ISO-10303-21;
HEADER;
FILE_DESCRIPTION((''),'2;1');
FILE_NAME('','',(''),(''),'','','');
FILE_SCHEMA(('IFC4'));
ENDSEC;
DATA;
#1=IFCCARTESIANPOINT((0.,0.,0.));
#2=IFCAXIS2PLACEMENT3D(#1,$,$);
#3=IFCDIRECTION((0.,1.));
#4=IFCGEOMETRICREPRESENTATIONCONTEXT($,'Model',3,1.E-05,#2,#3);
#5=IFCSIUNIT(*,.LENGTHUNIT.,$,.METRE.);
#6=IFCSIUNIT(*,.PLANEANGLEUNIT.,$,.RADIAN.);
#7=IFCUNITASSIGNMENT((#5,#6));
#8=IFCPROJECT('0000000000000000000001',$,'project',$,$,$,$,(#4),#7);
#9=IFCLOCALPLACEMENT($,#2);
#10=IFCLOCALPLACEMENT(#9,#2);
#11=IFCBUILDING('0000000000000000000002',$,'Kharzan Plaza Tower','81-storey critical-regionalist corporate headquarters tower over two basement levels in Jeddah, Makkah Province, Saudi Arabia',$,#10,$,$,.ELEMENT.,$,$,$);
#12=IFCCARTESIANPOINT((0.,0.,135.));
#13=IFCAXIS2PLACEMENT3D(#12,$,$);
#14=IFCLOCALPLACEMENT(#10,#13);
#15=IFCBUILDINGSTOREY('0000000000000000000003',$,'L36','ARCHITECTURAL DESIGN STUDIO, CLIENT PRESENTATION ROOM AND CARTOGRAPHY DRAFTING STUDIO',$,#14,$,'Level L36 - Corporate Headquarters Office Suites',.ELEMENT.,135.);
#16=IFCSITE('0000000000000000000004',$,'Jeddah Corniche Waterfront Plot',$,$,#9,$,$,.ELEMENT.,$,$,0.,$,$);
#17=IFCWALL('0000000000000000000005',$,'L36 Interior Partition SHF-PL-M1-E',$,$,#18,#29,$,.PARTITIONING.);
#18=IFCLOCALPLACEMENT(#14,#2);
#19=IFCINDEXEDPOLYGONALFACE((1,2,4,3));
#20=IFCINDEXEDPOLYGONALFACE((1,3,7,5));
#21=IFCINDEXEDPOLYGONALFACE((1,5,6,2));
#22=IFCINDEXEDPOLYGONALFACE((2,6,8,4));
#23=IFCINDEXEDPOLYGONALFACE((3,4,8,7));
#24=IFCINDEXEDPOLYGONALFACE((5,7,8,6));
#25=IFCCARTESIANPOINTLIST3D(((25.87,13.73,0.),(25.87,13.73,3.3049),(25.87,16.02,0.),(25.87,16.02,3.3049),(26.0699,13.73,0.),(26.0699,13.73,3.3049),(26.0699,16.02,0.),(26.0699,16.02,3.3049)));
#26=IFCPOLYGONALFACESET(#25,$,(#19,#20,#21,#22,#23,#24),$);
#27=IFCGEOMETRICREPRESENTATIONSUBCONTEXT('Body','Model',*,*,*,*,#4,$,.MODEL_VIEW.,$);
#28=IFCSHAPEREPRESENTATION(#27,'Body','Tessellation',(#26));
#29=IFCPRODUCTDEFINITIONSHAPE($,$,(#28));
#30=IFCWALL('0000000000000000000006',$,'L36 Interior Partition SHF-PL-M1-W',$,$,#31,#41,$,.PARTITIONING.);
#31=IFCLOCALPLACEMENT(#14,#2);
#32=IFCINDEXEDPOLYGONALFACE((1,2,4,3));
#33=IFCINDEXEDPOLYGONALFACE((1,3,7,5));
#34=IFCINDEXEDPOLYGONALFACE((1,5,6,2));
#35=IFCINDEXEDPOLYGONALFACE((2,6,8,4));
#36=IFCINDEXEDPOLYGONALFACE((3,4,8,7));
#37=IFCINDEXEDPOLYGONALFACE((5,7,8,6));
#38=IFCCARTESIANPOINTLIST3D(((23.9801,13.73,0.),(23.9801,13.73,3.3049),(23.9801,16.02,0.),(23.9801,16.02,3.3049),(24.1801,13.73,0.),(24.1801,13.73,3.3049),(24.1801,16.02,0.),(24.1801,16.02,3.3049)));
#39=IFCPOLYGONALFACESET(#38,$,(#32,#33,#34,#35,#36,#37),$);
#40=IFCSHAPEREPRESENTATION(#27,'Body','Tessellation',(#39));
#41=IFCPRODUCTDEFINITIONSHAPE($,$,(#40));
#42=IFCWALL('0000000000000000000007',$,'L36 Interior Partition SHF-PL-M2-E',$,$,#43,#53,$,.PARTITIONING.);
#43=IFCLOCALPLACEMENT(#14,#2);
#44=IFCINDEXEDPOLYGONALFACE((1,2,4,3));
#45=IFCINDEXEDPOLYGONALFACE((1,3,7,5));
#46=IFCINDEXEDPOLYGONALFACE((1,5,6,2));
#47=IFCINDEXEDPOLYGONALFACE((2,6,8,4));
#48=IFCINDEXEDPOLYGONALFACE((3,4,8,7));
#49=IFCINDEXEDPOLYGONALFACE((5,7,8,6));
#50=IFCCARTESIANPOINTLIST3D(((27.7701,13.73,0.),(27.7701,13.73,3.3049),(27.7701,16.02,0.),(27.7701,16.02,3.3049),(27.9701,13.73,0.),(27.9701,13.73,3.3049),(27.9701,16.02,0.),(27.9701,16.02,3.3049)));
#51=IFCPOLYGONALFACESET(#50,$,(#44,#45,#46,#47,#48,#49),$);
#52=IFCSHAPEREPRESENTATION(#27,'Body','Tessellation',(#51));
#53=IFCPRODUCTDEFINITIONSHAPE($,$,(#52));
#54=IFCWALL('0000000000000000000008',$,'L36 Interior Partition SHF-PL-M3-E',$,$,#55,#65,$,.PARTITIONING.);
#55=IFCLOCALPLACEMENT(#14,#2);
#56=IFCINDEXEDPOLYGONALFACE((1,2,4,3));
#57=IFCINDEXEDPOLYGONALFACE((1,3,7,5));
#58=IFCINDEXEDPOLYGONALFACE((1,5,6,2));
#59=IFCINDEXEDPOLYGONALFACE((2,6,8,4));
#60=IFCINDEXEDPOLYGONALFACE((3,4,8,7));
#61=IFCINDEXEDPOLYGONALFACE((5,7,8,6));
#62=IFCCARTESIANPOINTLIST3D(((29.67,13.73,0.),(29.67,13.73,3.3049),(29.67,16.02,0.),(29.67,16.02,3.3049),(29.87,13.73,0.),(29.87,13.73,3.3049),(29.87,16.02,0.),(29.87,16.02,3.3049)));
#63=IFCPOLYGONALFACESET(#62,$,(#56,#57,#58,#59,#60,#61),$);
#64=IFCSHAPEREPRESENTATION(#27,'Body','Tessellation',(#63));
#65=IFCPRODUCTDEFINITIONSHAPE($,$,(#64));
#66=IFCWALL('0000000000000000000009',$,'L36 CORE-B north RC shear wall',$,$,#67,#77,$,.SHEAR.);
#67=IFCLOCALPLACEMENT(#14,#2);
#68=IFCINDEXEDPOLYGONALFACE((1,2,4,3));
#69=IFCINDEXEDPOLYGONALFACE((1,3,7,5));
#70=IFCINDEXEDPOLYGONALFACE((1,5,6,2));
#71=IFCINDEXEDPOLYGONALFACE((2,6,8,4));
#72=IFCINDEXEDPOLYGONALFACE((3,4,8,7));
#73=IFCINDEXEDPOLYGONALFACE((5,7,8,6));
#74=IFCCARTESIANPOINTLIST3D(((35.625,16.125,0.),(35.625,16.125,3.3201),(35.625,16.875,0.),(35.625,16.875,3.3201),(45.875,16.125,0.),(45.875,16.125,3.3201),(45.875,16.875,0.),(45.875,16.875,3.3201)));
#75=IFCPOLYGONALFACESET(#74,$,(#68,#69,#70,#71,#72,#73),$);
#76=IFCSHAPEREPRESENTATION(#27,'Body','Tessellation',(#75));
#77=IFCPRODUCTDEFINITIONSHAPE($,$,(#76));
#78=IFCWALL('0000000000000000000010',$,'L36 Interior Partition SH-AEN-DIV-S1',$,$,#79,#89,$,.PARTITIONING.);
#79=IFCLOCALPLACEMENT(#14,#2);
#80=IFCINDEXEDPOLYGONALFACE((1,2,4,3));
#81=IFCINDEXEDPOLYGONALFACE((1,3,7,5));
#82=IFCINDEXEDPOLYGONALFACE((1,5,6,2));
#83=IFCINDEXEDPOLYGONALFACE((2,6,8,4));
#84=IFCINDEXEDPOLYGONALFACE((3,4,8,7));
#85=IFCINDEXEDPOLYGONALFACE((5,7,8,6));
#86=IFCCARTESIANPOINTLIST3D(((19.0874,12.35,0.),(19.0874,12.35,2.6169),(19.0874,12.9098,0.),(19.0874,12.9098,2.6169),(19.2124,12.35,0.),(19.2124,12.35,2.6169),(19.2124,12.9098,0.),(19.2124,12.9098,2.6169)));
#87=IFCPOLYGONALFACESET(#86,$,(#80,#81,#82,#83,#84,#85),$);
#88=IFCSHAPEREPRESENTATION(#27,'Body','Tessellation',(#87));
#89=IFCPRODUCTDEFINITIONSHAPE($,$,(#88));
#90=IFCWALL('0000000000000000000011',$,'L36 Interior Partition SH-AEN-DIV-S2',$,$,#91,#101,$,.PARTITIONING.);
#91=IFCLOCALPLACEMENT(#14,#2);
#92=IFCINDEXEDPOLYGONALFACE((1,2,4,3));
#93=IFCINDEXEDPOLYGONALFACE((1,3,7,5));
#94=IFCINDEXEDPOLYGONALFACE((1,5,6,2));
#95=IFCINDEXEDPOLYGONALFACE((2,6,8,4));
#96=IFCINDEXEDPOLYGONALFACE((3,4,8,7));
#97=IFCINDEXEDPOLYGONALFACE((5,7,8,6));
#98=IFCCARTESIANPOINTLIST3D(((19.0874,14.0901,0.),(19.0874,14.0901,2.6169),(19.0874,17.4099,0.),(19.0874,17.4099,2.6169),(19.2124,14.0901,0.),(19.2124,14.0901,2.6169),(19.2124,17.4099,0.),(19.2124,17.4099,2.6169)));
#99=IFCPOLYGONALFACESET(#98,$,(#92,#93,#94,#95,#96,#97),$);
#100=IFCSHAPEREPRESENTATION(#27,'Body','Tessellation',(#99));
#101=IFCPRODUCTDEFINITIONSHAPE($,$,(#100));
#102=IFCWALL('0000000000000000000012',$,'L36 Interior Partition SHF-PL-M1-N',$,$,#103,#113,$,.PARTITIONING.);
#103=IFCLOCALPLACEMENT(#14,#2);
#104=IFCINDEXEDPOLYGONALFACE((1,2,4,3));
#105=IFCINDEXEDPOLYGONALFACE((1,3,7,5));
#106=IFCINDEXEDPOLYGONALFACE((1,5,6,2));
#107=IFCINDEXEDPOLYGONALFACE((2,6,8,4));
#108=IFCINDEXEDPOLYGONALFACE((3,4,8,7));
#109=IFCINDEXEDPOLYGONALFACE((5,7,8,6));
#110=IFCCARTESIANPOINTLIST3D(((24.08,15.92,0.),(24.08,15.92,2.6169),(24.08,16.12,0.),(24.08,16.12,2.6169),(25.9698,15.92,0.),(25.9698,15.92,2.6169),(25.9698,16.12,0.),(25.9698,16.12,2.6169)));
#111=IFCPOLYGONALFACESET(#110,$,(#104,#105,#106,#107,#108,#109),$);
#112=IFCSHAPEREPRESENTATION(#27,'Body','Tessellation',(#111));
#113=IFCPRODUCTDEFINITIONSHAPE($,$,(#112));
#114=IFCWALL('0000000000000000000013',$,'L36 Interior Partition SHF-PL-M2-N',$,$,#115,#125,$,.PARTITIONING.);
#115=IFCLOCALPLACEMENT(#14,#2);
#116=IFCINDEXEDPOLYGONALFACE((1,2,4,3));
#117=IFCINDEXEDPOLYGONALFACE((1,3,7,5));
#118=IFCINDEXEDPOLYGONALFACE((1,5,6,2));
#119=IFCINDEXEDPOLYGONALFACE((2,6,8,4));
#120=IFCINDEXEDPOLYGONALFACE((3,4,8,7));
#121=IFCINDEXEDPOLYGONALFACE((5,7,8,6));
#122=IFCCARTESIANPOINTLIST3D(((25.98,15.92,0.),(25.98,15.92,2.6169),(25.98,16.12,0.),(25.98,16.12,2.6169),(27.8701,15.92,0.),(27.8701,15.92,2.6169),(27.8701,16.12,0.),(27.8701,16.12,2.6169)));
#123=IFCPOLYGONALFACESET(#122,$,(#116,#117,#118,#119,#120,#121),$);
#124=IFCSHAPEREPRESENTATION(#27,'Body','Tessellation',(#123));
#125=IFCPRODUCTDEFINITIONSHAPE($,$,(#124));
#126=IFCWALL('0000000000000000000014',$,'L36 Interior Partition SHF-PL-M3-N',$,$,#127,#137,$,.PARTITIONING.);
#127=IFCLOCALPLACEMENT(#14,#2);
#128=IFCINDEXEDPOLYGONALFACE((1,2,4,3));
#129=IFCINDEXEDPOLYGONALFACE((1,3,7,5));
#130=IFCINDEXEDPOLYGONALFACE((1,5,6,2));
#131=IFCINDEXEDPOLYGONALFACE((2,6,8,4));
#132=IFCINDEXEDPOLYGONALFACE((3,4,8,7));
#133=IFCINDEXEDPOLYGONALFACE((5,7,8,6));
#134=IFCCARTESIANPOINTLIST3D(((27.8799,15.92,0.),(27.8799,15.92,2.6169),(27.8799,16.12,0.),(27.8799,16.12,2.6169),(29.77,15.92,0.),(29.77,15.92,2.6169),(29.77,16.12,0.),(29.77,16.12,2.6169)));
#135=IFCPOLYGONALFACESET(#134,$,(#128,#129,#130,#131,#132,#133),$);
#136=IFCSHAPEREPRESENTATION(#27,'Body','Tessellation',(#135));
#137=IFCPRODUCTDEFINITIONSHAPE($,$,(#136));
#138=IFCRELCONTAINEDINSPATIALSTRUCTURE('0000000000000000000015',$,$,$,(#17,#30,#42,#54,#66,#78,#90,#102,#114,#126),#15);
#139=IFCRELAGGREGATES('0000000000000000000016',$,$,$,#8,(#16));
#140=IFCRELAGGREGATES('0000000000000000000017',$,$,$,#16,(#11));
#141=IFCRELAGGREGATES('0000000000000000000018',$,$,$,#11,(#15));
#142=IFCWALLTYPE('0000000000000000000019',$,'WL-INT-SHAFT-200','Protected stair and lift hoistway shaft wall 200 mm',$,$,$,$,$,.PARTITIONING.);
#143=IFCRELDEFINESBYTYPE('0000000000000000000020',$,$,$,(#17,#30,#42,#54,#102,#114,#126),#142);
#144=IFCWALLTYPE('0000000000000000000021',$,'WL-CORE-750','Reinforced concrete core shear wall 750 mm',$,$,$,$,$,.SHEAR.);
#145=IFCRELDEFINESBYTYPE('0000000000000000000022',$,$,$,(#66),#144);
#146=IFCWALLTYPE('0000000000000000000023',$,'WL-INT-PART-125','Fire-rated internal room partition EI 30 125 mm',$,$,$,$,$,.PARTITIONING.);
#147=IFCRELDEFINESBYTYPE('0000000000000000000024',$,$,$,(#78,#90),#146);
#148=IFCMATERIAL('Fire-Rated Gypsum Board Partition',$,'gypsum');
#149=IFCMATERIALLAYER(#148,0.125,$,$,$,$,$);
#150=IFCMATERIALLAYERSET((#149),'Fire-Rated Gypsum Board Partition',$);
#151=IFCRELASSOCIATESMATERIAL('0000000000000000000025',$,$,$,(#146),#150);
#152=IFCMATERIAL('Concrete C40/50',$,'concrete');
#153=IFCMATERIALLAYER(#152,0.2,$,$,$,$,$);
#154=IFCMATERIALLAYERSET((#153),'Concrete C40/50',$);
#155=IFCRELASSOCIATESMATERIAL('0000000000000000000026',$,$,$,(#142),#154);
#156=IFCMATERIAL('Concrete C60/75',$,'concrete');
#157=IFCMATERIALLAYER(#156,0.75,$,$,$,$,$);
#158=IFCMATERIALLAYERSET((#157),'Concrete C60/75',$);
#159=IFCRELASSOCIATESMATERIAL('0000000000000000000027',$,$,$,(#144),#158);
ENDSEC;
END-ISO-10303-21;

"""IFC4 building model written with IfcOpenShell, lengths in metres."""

from ifc_helpers import new_model, si_unit, direction, frame, frame_2d, origin, place, context, subcontext, project, spatial, rectangle, extrude, source, transform, mapped, material, layer, layer_set, type_object, element, save


model = new_model("IFC4")

# Units and contexts
model_context = context("Model", 3, precision=1e-05, world=origin(), true_north=direction((0.0, 1.0)))
body_context = subcontext(model_context, "Body", "Model", "MODEL_VIEW")
ifc_project = project(units=[si_unit("LENGTHUNIT", "METRE"), si_unit("PLANEANGLEUNIT", "RADIAN")], contexts=[model_context])

# Site, building, storey
site_placement = place(None, origin())
site = spatial("IfcSite", under=ifc_project, at=site_placement, Name="Jeddah Corniche Waterfront Plot", CompositionType="ELEMENT", RefElevation=0.0)
building_placement = place(site_placement, origin())
building = spatial("IfcBuilding", under=site, at=building_placement, Name="Kharzan Plaza Tower", Description="81-storey critical-regionalist corporate headquarters tower over two basement levels in Jeddah, Makkah Province, Saudi Arabia", CompositionType="ELEMENT")
storey_placement = place(building_placement, frame((0.0, 0.0, 135.0)))
storey = spatial("IfcBuildingStorey", under=building, at=storey_placement, Name="L36", Description="ARCHITECTURAL DESIGN STUDIO, CLIENT PRESENTATION ROOM AND CARTOGRAPHY DRAFTING STUDIO", LongName="Level L36 - Corporate Headquarters Office Suites", CompositionType="ELEMENT", Elevation=135.0)

# Shared definitions
ifc_material_1 = material(Name="Concrete C60/75", Category="concrete")

# Shared definitions
ifc_material_2 = material(Name="Fire-Rated Gypsum Board Partition", Category="gypsum")
ifc_layer_1 = layer(ifc_material_2, 0.125)
ifc_layer_set_1 = layer_set([ifc_layer_1], Name="Fire-Rated Gypsum Board Partition")
wall_type_1 = type_object("IfcWallType", Name="WL-INT-PART-125", Description="Fire-rated internal room partition EI 30 125 mm", PredefinedType="PARTITIONING", material=ifc_layer_set_1)
ifc_material_3 = material(Name="Concrete C40/50", Category="concrete")
ifc_layer_2 = layer(ifc_material_3, 0.2)
ifc_layer_set_2 = layer_set([ifc_layer_2], Name="Concrete C40/50")
wall_type_2 = type_object("IfcWallType", Name="WL-INT-SHAFT-200", Description="Protected stair and lift hoistway shaft wall 200 mm", PredefinedType="PARTITIONING", material=ifc_layer_set_2)

# Walls
shared_shape_1 = source(origin(), body_context, "Body", "SweptSolid", [
    extrude(rectangle(XDim=2.29, YDim=0.2, at=frame_2d((1.145, 0.0))), origin(), (0.0, 0.0, 1.0), 3.3049),
])
for number, where, z_axis, x_axis, name in (
    (1, (25.97, 13.73, 0.0), (0.0, 0.0, 1.0), (0.0, 1.0, 0.0), "L36 Interior Partition SHF-PL-M1-E"),
    (2, (24.0801, 13.73, 0.0), (0.0, 0.0, 1.0), (0.0, 1.0, 0.0), "L36 Interior Partition SHF-PL-M1-W"),
    (3, (27.8701, 13.73, 0.0), (0.0, 0.0, 1.0), (0.0, 1.0, 0.0), "L36 Interior Partition SHF-PL-M2-E"),
    (4, (29.77, 13.73, 0.0), (0.0, 0.0, 1.0), (0.0, 1.0, 0.0), "L36 Interior Partition SHF-PL-M3-E"),
):
    element("IfcWall", number, at=place(storey_placement, frame(where, z_axis=z_axis, x_axis=x_axis)), inside=storey, type_object=wall_type_2, Name=name, PredefinedType="PARTITIONING", context=body_context, shape_type="MappedRepresentation", body=[
        mapped(shared_shape_1, transform((0.0, 0.0, 0.0), x_axis=(1.0, 0.0, 0.0), y_axis=(0.0, 1.0, 0.0), z_axis=(0.0, 0.0, 1.0))),
    ])
ifc_layer_3 = layer(ifc_material_1, 0.75)
ifc_layer_set_3 = layer_set([ifc_layer_3], Name="Concrete C60/75")
wall_type_3 = type_object("IfcWallType", Name="WL-CORE-750", Description="Reinforced concrete core shear wall 750 mm", PredefinedType="SHEAR", material=ifc_layer_set_3)
shared_shape_2 = source(origin(), body_context, "Body", "SweptSolid", [
    extrude(rectangle(XDim=10.25, YDim=0.75, at=frame_2d((5.125, 0.0))), origin(), (0.0, 0.0, 1.0), 3.3201),
])
wall_1_placement = place(storey_placement, frame((35.625, 16.5, 0.0), z_axis=(0.0, 0.0, 1.0), x_axis=(1.0, 0.0, 0.0)))
element("IfcWall", 5, at=wall_1_placement, inside=storey, type_object=wall_type_3, Name="L36 CORE-B north RC shear wall", PredefinedType="SHEAR", context=body_context, shape_type="MappedRepresentation", body=[
    mapped(shared_shape_2, transform((0.0, 0.0, 0.0), x_axis=(1.0, 0.0, 0.0), y_axis=(0.0, 1.0, 0.0), z_axis=(0.0, 0.0, 1.0))),
])
shared_shape_3 = source(origin(), body_context, "Body", "SweptSolid", [
    extrude(rectangle(XDim=0.5598, YDim=0.125, at=frame_2d((0.2798, 0.0))), origin(), (0.0, 0.0, 1.0), 2.6169),
])
wall_2_placement = place(storey_placement, frame((19.1499, 12.3501, 0.0), z_axis=(0.0, 0.0, 1.0), x_axis=(0.0, 1.0, 0.0)))
element("IfcWall", 6, at=wall_2_placement, inside=storey, type_object=wall_type_1, Name="L36 Interior Partition SH-AEN-DIV-S1", PredefinedType="PARTITIONING", context=body_context, shape_type="MappedRepresentation", body=[
    mapped(shared_shape_3, transform((0.0, 0.0, 0.0), x_axis=(1.0, 0.0, 0.0), y_axis=(0.0, 1.0, 0.0), z_axis=(0.0, 0.0, 1.0))),
])
shared_shape_4 = source(origin(), body_context, "Body", "SweptSolid", [
    extrude(rectangle(XDim=3.3198, YDim=0.125, at=frame_2d((1.6599, 0.0))), origin(), (0.0, 0.0, 1.0), 2.6169),
])
wall_3_placement = place(storey_placement, frame((19.1499, 14.0901, 0.0), z_axis=(0.0, 0.0, 1.0), x_axis=(0.0, 1.0, 0.0)))
element("IfcWall", 7, at=wall_3_placement, inside=storey, type_object=wall_type_1, Name="L36 Interior Partition SH-AEN-DIV-S2", PredefinedType="PARTITIONING", context=body_context, shape_type="MappedRepresentation", body=[
    mapped(shared_shape_4, transform((0.0, 0.0, 0.0), x_axis=(1.0, 0.0, 0.0), y_axis=(0.0, 1.0, 0.0), z_axis=(0.0, 0.0, 1.0))),
])
shared_shape_5 = source(origin(), body_context, "Body", "SweptSolid", [
    extrude(rectangle(XDim=1.8899, YDim=0.2, at=frame_2d((0.9448, 0.0))), origin(), (0.0, 0.0, 1.0), 2.6169),
])
wall_4_placement = place(storey_placement, frame((24.0801, 16.02, 0.0), z_axis=(0.0, 0.0, 1.0), x_axis=(1.0, 0.0, 0.0)))
element("IfcWall", 8, at=wall_4_placement, inside=storey, type_object=wall_type_2, Name="L36 Interior Partition SHF-PL-M1-N", PredefinedType="PARTITIONING", context=body_context, shape_type="MappedRepresentation", body=[
    mapped(shared_shape_5, transform((0.0, 0.0, 0.0), x_axis=(1.0, 0.0, 0.0), y_axis=(0.0, 1.0, 0.0), z_axis=(0.0, 0.0, 1.0))),
])
shared_shape_6 = source(origin(), body_context, "Body", "SweptSolid", [
    extrude(rectangle(XDim=1.8901, YDim=0.2, at=frame_2d((0.9451, 0.0))), origin(), (0.0, 0.0, 1.0), 2.6169),
])
for number, where, z_axis, x_axis, name in (
    (9, (25.98, 16.02, 0.0), (0.0, 0.0, 1.0), (1.0, 0.0, 0.0), "L36 Interior Partition SHF-PL-M2-N"),
    (10, (27.8799, 16.02, 0.0), (0.0, 0.0, 1.0), (1.0, 0.0, 0.0), "L36 Interior Partition SHF-PL-M3-N"),
):
    element("IfcWall", number, at=place(storey_placement, frame(where, z_axis=z_axis, x_axis=x_axis)), inside=storey, type_object=wall_type_2, Name=name, PredefinedType="PARTITIONING", context=body_context, shape_type="MappedRepresentation", body=[
        mapped(shared_shape_6, transform((0.0, 0.0, 0.0), x_axis=(1.0, 0.0, 0.0), y_axis=(0.0, 1.0, 0.0), z_axis=(0.0, 0.0, 1.0))),
    ])

save(model, "model.ifc")
